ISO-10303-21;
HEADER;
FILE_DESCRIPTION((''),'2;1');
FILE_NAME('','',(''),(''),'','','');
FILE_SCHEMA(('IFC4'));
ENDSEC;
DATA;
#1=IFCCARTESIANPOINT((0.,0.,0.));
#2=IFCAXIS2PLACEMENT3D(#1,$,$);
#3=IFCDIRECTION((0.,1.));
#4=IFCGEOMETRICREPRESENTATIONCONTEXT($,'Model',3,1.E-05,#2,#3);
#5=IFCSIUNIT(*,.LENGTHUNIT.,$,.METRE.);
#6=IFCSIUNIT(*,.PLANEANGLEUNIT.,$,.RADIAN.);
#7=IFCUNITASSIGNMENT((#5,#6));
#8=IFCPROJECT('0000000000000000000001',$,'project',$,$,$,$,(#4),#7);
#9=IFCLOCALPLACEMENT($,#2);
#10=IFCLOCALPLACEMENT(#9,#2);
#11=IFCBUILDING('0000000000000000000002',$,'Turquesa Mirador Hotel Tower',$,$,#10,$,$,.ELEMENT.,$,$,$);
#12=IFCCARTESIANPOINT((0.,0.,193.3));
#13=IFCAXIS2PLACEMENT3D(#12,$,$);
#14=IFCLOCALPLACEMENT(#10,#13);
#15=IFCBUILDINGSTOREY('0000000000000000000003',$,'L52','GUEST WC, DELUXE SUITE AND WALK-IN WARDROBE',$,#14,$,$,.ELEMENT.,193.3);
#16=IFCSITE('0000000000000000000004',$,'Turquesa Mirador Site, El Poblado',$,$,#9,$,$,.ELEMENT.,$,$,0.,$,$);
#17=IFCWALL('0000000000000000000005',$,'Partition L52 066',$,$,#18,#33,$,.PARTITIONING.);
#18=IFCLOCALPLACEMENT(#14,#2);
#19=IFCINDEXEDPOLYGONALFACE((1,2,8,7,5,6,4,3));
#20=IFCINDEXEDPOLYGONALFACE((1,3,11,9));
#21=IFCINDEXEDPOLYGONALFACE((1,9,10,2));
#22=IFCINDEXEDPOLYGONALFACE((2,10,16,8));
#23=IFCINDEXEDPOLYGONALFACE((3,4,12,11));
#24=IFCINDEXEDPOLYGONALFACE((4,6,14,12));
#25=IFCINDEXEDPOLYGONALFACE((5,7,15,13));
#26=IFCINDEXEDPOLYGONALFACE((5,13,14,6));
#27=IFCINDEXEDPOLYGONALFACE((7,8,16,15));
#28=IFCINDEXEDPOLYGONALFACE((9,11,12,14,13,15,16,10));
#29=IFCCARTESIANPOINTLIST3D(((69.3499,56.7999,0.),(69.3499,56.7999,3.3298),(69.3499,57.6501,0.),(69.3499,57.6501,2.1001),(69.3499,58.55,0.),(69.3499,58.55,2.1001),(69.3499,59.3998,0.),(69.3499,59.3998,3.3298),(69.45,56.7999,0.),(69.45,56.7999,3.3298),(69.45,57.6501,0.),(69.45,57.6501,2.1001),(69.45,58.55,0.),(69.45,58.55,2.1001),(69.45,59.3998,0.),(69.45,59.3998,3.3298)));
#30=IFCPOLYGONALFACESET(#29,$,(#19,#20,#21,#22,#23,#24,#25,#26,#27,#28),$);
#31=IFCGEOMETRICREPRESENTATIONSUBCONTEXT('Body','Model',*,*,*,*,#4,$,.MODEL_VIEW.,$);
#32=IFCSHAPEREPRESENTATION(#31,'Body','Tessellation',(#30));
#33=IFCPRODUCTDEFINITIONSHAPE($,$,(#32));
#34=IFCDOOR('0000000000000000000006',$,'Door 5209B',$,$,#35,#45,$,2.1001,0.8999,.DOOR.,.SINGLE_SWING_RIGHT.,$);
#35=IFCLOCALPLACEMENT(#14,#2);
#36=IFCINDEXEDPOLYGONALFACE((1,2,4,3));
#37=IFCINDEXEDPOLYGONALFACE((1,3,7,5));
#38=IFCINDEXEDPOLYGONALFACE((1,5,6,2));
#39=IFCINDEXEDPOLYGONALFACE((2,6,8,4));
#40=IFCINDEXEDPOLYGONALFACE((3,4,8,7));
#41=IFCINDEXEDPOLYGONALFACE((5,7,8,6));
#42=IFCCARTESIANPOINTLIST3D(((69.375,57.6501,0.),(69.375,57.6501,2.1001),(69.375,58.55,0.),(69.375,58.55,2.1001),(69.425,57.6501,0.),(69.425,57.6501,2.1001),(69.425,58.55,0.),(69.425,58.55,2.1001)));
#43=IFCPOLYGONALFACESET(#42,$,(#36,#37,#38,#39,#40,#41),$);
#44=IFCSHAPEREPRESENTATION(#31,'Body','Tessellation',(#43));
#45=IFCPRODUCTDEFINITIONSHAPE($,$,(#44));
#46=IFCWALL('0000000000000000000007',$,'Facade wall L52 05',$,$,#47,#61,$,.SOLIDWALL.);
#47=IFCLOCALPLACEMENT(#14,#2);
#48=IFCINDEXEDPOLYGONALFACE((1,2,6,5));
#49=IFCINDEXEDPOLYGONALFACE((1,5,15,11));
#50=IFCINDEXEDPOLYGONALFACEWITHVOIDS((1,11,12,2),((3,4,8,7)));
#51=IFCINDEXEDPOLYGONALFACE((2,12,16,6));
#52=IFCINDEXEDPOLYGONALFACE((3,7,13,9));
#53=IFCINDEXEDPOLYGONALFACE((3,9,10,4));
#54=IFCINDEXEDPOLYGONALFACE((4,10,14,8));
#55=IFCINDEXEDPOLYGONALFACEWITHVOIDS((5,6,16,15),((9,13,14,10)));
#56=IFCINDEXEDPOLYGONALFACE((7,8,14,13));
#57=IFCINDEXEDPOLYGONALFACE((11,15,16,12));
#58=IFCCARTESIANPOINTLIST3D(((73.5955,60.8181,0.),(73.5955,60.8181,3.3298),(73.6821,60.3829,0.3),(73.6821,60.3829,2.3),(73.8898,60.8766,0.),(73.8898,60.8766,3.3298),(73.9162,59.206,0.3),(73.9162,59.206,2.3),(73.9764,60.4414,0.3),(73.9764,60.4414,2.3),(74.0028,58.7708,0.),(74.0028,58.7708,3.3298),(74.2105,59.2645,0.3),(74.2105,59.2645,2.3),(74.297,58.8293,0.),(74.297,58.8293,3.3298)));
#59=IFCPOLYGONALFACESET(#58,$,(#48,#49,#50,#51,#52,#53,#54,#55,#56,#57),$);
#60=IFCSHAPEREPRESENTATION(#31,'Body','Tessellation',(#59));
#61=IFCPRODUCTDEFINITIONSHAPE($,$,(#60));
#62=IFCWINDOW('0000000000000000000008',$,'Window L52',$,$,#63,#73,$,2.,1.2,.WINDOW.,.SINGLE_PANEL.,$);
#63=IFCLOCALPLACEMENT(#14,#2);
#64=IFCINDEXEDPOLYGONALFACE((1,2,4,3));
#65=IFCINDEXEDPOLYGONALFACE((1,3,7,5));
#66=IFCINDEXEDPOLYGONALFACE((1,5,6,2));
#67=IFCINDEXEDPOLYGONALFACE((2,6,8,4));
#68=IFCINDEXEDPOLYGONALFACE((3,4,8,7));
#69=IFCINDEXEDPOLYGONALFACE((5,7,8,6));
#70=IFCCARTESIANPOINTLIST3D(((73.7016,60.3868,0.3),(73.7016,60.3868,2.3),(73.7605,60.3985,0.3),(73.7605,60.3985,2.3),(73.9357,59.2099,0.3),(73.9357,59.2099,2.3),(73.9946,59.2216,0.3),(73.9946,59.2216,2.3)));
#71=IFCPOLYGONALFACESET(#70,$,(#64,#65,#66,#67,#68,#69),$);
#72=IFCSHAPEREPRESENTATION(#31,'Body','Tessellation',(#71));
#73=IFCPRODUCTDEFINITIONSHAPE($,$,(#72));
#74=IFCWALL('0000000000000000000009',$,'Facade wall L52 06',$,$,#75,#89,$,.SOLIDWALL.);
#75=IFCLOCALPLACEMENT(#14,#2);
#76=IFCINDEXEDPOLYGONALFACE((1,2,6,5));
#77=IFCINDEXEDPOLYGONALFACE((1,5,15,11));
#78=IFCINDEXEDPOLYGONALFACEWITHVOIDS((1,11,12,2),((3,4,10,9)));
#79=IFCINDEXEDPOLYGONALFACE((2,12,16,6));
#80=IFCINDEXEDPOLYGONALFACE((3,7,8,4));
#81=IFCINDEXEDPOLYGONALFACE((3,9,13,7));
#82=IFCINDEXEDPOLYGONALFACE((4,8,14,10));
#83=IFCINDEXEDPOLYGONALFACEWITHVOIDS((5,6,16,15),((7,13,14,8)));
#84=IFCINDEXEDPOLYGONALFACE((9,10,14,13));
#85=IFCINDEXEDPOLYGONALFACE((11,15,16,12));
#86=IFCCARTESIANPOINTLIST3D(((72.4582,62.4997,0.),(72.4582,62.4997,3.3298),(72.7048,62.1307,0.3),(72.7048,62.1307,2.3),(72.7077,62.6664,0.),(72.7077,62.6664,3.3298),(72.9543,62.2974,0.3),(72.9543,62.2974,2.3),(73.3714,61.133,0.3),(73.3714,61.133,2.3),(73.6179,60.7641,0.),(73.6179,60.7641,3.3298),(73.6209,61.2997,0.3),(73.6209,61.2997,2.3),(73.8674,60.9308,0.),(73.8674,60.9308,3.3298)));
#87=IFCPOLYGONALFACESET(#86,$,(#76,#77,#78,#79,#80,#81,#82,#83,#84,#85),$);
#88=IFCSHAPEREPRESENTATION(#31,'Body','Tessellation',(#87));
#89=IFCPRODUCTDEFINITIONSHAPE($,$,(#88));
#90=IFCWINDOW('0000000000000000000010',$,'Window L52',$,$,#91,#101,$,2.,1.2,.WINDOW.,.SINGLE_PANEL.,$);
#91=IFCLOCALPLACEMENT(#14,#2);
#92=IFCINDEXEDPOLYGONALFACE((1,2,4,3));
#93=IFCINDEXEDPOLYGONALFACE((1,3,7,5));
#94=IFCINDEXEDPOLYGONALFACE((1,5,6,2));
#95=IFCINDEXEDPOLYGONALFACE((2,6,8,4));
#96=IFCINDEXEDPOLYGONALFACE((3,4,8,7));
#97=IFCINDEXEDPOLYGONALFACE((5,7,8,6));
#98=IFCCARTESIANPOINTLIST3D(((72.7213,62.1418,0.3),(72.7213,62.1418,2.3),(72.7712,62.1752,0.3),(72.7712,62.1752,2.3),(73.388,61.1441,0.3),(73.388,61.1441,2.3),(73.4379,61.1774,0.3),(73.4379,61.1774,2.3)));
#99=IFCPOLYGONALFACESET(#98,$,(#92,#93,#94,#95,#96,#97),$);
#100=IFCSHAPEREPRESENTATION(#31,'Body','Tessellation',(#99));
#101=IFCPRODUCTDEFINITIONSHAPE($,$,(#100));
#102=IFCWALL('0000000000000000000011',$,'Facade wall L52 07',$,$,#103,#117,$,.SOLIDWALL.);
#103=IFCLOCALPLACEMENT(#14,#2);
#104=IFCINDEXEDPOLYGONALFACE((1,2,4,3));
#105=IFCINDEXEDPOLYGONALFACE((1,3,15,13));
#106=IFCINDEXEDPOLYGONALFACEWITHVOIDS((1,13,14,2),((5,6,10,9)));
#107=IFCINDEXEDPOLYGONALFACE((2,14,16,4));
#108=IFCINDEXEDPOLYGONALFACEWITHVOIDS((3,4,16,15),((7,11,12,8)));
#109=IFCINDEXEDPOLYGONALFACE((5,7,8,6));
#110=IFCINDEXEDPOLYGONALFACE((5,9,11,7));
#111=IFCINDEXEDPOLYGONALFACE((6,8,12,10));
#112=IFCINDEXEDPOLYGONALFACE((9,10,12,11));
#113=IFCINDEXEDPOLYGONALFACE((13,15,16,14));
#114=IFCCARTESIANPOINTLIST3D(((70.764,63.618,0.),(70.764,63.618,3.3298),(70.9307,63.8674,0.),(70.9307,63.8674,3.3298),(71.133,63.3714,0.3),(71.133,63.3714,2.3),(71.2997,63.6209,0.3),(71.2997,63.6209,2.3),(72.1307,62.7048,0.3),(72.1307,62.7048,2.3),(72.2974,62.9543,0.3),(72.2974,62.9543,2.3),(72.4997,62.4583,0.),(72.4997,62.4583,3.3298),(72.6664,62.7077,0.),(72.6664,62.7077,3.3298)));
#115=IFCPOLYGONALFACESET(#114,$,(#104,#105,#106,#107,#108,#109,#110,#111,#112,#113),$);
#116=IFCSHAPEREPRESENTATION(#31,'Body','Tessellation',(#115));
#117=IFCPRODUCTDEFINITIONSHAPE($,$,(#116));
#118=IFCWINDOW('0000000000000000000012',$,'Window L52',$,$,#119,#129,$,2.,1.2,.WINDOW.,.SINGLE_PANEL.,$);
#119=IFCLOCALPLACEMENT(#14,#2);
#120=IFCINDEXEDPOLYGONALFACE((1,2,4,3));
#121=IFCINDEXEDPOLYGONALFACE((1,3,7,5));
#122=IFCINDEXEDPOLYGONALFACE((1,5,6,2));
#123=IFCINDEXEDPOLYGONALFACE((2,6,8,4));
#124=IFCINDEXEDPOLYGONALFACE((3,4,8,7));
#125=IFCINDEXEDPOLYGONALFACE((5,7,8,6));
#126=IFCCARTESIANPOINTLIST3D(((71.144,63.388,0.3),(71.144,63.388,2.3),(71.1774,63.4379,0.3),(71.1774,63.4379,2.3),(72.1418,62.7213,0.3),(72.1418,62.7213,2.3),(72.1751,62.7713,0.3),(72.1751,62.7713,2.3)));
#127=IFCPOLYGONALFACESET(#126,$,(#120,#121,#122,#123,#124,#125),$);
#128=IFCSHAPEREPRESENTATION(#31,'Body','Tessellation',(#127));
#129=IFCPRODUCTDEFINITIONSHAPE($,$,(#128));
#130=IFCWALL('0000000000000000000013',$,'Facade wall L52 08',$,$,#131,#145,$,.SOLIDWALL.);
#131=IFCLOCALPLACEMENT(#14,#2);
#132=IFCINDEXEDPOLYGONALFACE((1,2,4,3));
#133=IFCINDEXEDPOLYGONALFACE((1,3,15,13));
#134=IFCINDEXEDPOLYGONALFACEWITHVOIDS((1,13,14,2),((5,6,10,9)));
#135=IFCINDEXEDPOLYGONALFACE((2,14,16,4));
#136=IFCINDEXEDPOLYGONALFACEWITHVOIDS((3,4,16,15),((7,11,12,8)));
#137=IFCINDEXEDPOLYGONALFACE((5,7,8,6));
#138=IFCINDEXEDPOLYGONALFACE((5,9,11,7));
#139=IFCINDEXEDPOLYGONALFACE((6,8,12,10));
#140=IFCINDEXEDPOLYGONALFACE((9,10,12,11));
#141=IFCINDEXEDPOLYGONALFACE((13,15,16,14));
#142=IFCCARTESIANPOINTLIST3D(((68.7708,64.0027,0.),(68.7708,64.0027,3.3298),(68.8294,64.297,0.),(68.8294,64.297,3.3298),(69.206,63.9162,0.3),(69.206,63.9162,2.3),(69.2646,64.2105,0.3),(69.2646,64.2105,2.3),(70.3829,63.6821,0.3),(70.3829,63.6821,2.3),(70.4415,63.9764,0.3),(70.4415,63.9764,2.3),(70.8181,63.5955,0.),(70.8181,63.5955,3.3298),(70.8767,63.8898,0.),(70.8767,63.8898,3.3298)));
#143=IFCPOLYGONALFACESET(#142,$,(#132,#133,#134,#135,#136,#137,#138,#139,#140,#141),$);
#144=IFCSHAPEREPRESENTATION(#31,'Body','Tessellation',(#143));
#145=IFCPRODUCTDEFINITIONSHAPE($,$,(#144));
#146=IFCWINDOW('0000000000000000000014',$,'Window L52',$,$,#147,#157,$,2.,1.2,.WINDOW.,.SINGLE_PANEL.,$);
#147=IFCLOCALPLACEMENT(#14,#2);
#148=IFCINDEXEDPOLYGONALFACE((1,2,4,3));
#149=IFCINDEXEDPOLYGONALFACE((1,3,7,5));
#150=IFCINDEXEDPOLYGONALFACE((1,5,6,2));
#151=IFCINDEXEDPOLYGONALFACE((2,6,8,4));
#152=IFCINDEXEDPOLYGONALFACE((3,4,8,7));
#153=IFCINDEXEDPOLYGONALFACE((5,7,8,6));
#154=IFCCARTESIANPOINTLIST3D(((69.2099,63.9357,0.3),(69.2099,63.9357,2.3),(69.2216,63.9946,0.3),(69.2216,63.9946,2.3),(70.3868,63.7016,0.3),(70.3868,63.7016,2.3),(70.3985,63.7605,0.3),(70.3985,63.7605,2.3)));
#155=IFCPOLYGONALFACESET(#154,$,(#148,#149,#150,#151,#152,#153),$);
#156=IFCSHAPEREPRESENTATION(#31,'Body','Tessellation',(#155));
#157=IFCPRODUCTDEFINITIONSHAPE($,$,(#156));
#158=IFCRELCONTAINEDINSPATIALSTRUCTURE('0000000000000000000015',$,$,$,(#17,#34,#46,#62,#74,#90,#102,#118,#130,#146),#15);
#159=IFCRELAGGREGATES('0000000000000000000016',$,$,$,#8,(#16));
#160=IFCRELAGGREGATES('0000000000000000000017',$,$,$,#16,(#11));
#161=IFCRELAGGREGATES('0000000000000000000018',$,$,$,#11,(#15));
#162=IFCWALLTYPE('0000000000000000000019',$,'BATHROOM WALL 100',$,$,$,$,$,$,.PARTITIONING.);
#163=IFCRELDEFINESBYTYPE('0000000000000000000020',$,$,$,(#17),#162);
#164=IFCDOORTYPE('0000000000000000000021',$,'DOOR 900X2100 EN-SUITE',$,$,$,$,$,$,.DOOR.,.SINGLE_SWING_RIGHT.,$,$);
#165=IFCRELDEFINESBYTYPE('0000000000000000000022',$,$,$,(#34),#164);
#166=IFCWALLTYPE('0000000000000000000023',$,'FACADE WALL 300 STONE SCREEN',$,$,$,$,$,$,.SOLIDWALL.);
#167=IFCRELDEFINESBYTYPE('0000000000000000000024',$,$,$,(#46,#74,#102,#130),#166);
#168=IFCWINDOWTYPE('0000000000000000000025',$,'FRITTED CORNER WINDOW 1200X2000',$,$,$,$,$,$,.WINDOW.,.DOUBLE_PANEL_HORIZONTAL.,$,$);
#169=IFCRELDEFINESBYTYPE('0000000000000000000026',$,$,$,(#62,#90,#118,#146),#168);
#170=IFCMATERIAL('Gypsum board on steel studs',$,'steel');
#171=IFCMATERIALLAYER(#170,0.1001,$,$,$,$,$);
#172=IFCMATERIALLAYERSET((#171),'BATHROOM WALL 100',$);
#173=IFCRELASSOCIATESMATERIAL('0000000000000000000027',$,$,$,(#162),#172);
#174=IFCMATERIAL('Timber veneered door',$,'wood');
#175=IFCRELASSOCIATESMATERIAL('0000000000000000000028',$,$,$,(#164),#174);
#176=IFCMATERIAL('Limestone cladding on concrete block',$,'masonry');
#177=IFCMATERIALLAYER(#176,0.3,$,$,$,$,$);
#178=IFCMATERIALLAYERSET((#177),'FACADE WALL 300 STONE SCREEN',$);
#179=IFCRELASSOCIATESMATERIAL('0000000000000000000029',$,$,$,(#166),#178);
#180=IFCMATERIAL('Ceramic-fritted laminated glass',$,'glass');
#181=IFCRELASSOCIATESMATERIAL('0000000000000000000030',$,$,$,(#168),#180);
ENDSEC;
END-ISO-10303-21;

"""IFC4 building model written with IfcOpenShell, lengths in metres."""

from ifc_helpers import new_model, si_unit, direction, frame, frame_2d, origin, place, context, subcontext, project, spatial, rectangle, extrude, material, layer, layer_set, type_object, element, fill, save


model = new_model("IFC4")

# Units and contexts
model_context = context("Model", 3, precision=1e-05, world=origin(), true_north=direction((0.0, 1.0)))
body_context = subcontext(model_context, "Body", "Model", "MODEL_VIEW")
ifc_project = project(units=[si_unit("LENGTHUNIT", "METRE"), si_unit("PLANEANGLEUNIT", "RADIAN")], contexts=[model_context])

# Site, building, storey
site_placement = place(None, origin())
site = spatial("IfcSite", under=ifc_project, at=site_placement, Name="Turquesa Mirador Site, El Poblado", CompositionType="ELEMENT", RefElevation=0.0)
building_placement = place(site_placement, origin())
building = spatial("IfcBuilding", under=site, at=building_placement, Name="Turquesa Mirador Hotel Tower", CompositionType="ELEMENT")
storey_placement = place(building_placement, frame((0.0, 0.0, 193.3)))
storey = spatial("IfcBuildingStorey", under=building, at=storey_placement, Name="L52", Description="GUEST WC, DELUXE SUITE AND WALK-IN WARDROBE", CompositionType="ELEMENT", Elevation=193.3)

# Shared definitions
ifc_material_1 = material(Name="Gypsum board on steel studs", Category="steel")
ifc_layer_1 = layer(ifc_material_1, 0.1001)
ifc_layer_set_1 = layer_set([ifc_layer_1], Name="BATHROOM WALL 100")
wall_type_1 = type_object("IfcWallType", Name="BATHROOM WALL 100", PredefinedType="PARTITIONING", material=ifc_layer_set_1)

# Wall, opening, door
wall_1_placement = place(storey_placement, frame((69.3999, 56.8, 0.0), z_axis=(0.0, 0.0, 1.0), x_axis=(0.0, 1.0, 0.0)))
wall_1 = element("IfcWall", 1, at=wall_1_placement, inside=storey, type_object=wall_type_1, Name="Partition L52 066", PredefinedType="PARTITIONING", context=body_context, shape_type="SweptSolid", body=[
    extrude(rectangle(XDim=2.5999, YDim=0.1001, at=frame_2d((1.2998, 0.0))), origin(), (0.0, 0.0, 1.0), 3.3298),
])
opening_1_placement = place(wall_1_placement, frame((0.8501, 0.0, 0.0)))
opening_1 = element("IfcOpeningElement", 2, at=opening_1_placement, cuts=wall_1, PredefinedType="OPENING", context=body_context, shape_type="SweptSolid", body=[
    extrude(rectangle(XDim=0.8999, YDim=2.1001, at=frame_2d((0.45, 1.05))), frame((0.0, 0.0601, 0.0), z_axis=(0.0, -1.0, 0.0), x_axis=(1.0, 0.0, 0.0)), (0.0, 0.0, 1.0), 0.1201),
])
ifc_material_2 = material(Name="Timber veneered door", Category="wood")
door_type_1 = type_object("IfcDoorType", Name="DOOR 900X2100 EN-SUITE", OperationType="SINGLE_SWING_RIGHT", PredefinedType="DOOR", material=ifc_material_2)
door_1_placement = place(opening_1_placement, origin())
door_1 = element("IfcDoor", 3, at=door_1_placement, inside=storey, type_object=door_type_1, Name="Door 5209B", OperationType="SINGLE_SWING_RIGHT", OverallHeight=2.1001, OverallWidth=0.8999, PredefinedType="DOOR", context=body_context, shape_type="SweptSolid", body=[
    extrude(rectangle(XDim=0.8999, YDim=2.1001, at=frame_2d((0.45, 1.05))), frame((0.0, 0.0249, 0.0), z_axis=(0.0, -1.0, 0.0), x_axis=(1.0, 0.0, 0.0)), (0.0, 0.0, 1.0), 0.05),
])
fill(opening_1, door_1)

# Walls, openings, windows
ifc_material_3 = material(Name="Limestone cladding on concrete block", Category="masonry")
ifc_layer_2 = layer(ifc_material_3, 0.3)
ifc_layer_set_2 = layer_set([ifc_layer_2], Name="FACADE WALL 300 STONE SCREEN")
wall_type_2 = type_object("IfcWallType", Name="FACADE WALL 300 STONE SCREEN", PredefinedType="SOLIDWALL", material=ifc_layer_set_2)
wall_2_placement = place(storey_placement, frame((74.1499, 58.8, 0.0), z_axis=(0.0, 0.0, 1.0), x_axis=(-0.195081, 0.980787, 0.0)))
wall_2 = element("IfcWall", 4, at=wall_2_placement, inside=storey, type_object=wall_type_2, Name="Facade wall L52 05", PredefinedType="SOLIDWALL", context=body_context, shape_type="SweptSolid", body=[
    extrude(rectangle(XDim=2.0874, YDim=0.3, at=frame_2d((1.0437, 0.0))), origin(), (0.0, 0.0, 1.0), 3.3298),
])
opening_2_placement = place(wall_2_placement, frame((0.4436, 0.0, 0.3)))
opening_2 = element("IfcOpeningElement", 5, at=opening_2_placement, cuts=wall_2, PredefinedType="OPENING", context=body_context, shape_type="SweptSolid", body=[
    extrude(rectangle(XDim=1.2, YDim=2.0, at=frame_2d((0.6001, 1.0))), frame((0.0, 0.1599, 0.0), z_axis=(0.0, -1.0, 0.0), x_axis=(1.0, 0.0, 0.0)), (0.0, 0.0, 1.0), 0.3201),
])
ifc_material_4 = material(Name="Ceramic-fritted laminated glass", Category="glass")
window_type_1 = type_object("IfcWindowType", Name="FRITTED CORNER WINDOW 1200X2000", PartitioningType="DOUBLE_PANEL_HORIZONTAL", PredefinedType="WINDOW", material=ifc_material_4)
window_1_placement = place(opening_2_placement, origin())
window_1 = element("IfcWindow", 6, at=window_1_placement, inside=storey, type_object=window_type_1, Name="Window L52", OverallHeight=2.0, OverallWidth=1.2, PartitioningType="SINGLE_PANEL", PredefinedType="WINDOW", context=body_context, shape_type="SweptSolid", body=[
    extrude(rectangle(XDim=1.2, YDim=2.0, at=frame_2d((0.6001, 1.0))), frame((0.0, 0.1301, 0.0), z_axis=(0.0, -1.0, 0.0), x_axis=(1.0, 0.0, 0.0)), (0.0, 0.0, 1.0), 0.0601),
])
fill(opening_2, window_1)
wall_3_placement = place(storey_placement, frame((73.7427, 60.8474, 0.0), z_axis=(0.0, 0.0, 1.0), x_axis=(-0.555564, 0.831474, 0.0)))
wall_3 = element("IfcWall", 7, at=wall_3_placement, inside=storey, type_object=wall_type_2, Name="Facade wall L52 06", PredefinedType="SOLIDWALL", context=body_context, shape_type="SweptSolid", body=[
    extrude(rectangle(XDim=2.0874, YDim=0.3, at=frame_2d((1.0437, 0.0))), origin(), (0.0, 0.0, 1.0), 3.3298),
])
opening_3_placement = place(wall_3_placement, frame((0.4436, 0.0, 0.3)))
opening_3 = element("IfcOpeningElement", 8, at=opening_3_placement, cuts=wall_3, PredefinedType="OPENING", context=body_context, shape_type="SweptSolid", body=[
    extrude(rectangle(XDim=1.2, YDim=2.0, at=frame_2d((0.6001, 1.0))), frame((0.0, 0.1599, 0.0), z_axis=(0.0, -1.0, 0.0), x_axis=(1.0, 0.0, 0.0)), (0.0, 0.0, 1.0), 0.3201),
])
window_2_placement = place(opening_3_placement, origin())
window_2 = element("IfcWindow", 9, at=window_2_placement, inside=storey, type_object=window_type_1, Name="Window L52", OverallHeight=2.0, OverallWidth=1.2, PartitioningType="SINGLE_PANEL", PredefinedType="WINDOW", context=body_context, shape_type="SweptSolid", body=[
    extrude(rectangle(XDim=1.2, YDim=2.0, at=frame_2d((0.6001, 1.0))), frame((0.0, 0.1301, 0.0), z_axis=(0.0, -1.0, 0.0), x_axis=(1.0, 0.0, 0.0)), (0.0, 0.0, 1.0), 0.0601),
])
fill(opening_3, window_2)
wall_4_placement = place(storey_placement, frame((72.583, 62.583, 0.0), z_axis=(0.0, 0.0, 1.0), x_axis=(-0.831474, 0.555564, 0.0)))
wall_4 = element("IfcWall", 10, at=wall_4_placement, inside=storey, type_object=wall_type_2, Name="Facade wall L52 07", PredefinedType="SOLIDWALL", context=body_context, shape_type="SweptSolid", body=[
    extrude(rectangle(XDim=2.0874, YDim=0.3, at=frame_2d((1.0437, 0.0))), origin(), (0.0, 0.0, 1.0), 3.3298),
])
opening_4_placement = place(wall_4_placement, frame((0.4436, 0.0, 0.3)))
opening_4 = element("IfcOpeningElement", 11, at=opening_4_placement, cuts=wall_4, PredefinedType="OPENING", context=body_context, shape_type="SweptSolid", body=[
    extrude(rectangle(XDim=1.2, YDim=2.0, at=frame_2d((0.6001, 1.0))), frame((0.0, 0.1599, 0.0), z_axis=(0.0, -1.0, 0.0), x_axis=(1.0, 0.0, 0.0)), (0.0, 0.0, 1.0), 0.3201),
])
window_3_placement = place(opening_4_placement, origin())
window_3 = element("IfcWindow", 12, at=window_3_placement, inside=storey, type_object=window_type_1, Name="Window L52", OverallHeight=2.0, OverallWidth=1.2, PartitioningType="SINGLE_PANEL", PredefinedType="WINDOW", context=body_context, shape_type="SweptSolid", body=[
    extrude(rectangle(XDim=1.2, YDim=2.0, at=frame_2d((0.6001, 1.0))), frame((0.0, 0.1301, 0.0), z_axis=(0.0, -1.0, 0.0), x_axis=(1.0, 0.0, 0.0)), (0.0, 0.0, 1.0), 0.0601),
])
fill(opening_4, window_3)
wall_5_placement = place(storey_placement, frame((70.8474, 63.7427, 0.0), z_axis=(0.0, 0.0, 1.0), x_axis=(-0.980787, 0.195081, 0.0)))
wall_5 = element("IfcWall", 13, at=wall_5_placement, inside=storey, type_object=wall_type_2, Name="Facade wall L52 08", PredefinedType="SOLIDWALL", context=body_context, shape_type="SweptSolid", body=[
    extrude(rectangle(XDim=2.0874, YDim=0.3, at=frame_2d((1.0437, 0.0))), origin(), (0.0, 0.0, 1.0), 3.3298),
])
opening_5_placement = place(wall_5_placement, frame((0.4436, 0.0, 0.3)))
opening_5 = element("IfcOpeningElement", 14, at=opening_5_placement, cuts=wall_5, PredefinedType="OPENING", context=body_context, shape_type="SweptSolid", body=[
    extrude(rectangle(XDim=1.2, YDim=2.0, at=frame_2d((0.6001, 1.0))), frame((0.0, 0.1599, 0.0), z_axis=(0.0, -1.0, 0.0), x_axis=(1.0, 0.0, 0.0)), (0.0, 0.0, 1.0), 0.3201),
])
window_4_placement = place(opening_5_placement, origin())
window_4 = element("IfcWindow", 15, at=window_4_placement, inside=storey, type_object=window_type_1, Name="Window L52", OverallHeight=2.0, OverallWidth=1.2, PartitioningType="SINGLE_PANEL", PredefinedType="WINDOW", context=body_context, shape_type="SweptSolid", body=[
    extrude(rectangle(XDim=1.2, YDim=2.0, at=frame_2d((0.6001, 1.0))), frame((0.0, 0.1301, 0.0), z_axis=(0.0, -1.0, 0.0), x_axis=(1.0, 0.0, 0.0)), (0.0, 0.0, 1.0), 0.0601),
])
fill(opening_5, window_4)

save(model, "model.ifc")
